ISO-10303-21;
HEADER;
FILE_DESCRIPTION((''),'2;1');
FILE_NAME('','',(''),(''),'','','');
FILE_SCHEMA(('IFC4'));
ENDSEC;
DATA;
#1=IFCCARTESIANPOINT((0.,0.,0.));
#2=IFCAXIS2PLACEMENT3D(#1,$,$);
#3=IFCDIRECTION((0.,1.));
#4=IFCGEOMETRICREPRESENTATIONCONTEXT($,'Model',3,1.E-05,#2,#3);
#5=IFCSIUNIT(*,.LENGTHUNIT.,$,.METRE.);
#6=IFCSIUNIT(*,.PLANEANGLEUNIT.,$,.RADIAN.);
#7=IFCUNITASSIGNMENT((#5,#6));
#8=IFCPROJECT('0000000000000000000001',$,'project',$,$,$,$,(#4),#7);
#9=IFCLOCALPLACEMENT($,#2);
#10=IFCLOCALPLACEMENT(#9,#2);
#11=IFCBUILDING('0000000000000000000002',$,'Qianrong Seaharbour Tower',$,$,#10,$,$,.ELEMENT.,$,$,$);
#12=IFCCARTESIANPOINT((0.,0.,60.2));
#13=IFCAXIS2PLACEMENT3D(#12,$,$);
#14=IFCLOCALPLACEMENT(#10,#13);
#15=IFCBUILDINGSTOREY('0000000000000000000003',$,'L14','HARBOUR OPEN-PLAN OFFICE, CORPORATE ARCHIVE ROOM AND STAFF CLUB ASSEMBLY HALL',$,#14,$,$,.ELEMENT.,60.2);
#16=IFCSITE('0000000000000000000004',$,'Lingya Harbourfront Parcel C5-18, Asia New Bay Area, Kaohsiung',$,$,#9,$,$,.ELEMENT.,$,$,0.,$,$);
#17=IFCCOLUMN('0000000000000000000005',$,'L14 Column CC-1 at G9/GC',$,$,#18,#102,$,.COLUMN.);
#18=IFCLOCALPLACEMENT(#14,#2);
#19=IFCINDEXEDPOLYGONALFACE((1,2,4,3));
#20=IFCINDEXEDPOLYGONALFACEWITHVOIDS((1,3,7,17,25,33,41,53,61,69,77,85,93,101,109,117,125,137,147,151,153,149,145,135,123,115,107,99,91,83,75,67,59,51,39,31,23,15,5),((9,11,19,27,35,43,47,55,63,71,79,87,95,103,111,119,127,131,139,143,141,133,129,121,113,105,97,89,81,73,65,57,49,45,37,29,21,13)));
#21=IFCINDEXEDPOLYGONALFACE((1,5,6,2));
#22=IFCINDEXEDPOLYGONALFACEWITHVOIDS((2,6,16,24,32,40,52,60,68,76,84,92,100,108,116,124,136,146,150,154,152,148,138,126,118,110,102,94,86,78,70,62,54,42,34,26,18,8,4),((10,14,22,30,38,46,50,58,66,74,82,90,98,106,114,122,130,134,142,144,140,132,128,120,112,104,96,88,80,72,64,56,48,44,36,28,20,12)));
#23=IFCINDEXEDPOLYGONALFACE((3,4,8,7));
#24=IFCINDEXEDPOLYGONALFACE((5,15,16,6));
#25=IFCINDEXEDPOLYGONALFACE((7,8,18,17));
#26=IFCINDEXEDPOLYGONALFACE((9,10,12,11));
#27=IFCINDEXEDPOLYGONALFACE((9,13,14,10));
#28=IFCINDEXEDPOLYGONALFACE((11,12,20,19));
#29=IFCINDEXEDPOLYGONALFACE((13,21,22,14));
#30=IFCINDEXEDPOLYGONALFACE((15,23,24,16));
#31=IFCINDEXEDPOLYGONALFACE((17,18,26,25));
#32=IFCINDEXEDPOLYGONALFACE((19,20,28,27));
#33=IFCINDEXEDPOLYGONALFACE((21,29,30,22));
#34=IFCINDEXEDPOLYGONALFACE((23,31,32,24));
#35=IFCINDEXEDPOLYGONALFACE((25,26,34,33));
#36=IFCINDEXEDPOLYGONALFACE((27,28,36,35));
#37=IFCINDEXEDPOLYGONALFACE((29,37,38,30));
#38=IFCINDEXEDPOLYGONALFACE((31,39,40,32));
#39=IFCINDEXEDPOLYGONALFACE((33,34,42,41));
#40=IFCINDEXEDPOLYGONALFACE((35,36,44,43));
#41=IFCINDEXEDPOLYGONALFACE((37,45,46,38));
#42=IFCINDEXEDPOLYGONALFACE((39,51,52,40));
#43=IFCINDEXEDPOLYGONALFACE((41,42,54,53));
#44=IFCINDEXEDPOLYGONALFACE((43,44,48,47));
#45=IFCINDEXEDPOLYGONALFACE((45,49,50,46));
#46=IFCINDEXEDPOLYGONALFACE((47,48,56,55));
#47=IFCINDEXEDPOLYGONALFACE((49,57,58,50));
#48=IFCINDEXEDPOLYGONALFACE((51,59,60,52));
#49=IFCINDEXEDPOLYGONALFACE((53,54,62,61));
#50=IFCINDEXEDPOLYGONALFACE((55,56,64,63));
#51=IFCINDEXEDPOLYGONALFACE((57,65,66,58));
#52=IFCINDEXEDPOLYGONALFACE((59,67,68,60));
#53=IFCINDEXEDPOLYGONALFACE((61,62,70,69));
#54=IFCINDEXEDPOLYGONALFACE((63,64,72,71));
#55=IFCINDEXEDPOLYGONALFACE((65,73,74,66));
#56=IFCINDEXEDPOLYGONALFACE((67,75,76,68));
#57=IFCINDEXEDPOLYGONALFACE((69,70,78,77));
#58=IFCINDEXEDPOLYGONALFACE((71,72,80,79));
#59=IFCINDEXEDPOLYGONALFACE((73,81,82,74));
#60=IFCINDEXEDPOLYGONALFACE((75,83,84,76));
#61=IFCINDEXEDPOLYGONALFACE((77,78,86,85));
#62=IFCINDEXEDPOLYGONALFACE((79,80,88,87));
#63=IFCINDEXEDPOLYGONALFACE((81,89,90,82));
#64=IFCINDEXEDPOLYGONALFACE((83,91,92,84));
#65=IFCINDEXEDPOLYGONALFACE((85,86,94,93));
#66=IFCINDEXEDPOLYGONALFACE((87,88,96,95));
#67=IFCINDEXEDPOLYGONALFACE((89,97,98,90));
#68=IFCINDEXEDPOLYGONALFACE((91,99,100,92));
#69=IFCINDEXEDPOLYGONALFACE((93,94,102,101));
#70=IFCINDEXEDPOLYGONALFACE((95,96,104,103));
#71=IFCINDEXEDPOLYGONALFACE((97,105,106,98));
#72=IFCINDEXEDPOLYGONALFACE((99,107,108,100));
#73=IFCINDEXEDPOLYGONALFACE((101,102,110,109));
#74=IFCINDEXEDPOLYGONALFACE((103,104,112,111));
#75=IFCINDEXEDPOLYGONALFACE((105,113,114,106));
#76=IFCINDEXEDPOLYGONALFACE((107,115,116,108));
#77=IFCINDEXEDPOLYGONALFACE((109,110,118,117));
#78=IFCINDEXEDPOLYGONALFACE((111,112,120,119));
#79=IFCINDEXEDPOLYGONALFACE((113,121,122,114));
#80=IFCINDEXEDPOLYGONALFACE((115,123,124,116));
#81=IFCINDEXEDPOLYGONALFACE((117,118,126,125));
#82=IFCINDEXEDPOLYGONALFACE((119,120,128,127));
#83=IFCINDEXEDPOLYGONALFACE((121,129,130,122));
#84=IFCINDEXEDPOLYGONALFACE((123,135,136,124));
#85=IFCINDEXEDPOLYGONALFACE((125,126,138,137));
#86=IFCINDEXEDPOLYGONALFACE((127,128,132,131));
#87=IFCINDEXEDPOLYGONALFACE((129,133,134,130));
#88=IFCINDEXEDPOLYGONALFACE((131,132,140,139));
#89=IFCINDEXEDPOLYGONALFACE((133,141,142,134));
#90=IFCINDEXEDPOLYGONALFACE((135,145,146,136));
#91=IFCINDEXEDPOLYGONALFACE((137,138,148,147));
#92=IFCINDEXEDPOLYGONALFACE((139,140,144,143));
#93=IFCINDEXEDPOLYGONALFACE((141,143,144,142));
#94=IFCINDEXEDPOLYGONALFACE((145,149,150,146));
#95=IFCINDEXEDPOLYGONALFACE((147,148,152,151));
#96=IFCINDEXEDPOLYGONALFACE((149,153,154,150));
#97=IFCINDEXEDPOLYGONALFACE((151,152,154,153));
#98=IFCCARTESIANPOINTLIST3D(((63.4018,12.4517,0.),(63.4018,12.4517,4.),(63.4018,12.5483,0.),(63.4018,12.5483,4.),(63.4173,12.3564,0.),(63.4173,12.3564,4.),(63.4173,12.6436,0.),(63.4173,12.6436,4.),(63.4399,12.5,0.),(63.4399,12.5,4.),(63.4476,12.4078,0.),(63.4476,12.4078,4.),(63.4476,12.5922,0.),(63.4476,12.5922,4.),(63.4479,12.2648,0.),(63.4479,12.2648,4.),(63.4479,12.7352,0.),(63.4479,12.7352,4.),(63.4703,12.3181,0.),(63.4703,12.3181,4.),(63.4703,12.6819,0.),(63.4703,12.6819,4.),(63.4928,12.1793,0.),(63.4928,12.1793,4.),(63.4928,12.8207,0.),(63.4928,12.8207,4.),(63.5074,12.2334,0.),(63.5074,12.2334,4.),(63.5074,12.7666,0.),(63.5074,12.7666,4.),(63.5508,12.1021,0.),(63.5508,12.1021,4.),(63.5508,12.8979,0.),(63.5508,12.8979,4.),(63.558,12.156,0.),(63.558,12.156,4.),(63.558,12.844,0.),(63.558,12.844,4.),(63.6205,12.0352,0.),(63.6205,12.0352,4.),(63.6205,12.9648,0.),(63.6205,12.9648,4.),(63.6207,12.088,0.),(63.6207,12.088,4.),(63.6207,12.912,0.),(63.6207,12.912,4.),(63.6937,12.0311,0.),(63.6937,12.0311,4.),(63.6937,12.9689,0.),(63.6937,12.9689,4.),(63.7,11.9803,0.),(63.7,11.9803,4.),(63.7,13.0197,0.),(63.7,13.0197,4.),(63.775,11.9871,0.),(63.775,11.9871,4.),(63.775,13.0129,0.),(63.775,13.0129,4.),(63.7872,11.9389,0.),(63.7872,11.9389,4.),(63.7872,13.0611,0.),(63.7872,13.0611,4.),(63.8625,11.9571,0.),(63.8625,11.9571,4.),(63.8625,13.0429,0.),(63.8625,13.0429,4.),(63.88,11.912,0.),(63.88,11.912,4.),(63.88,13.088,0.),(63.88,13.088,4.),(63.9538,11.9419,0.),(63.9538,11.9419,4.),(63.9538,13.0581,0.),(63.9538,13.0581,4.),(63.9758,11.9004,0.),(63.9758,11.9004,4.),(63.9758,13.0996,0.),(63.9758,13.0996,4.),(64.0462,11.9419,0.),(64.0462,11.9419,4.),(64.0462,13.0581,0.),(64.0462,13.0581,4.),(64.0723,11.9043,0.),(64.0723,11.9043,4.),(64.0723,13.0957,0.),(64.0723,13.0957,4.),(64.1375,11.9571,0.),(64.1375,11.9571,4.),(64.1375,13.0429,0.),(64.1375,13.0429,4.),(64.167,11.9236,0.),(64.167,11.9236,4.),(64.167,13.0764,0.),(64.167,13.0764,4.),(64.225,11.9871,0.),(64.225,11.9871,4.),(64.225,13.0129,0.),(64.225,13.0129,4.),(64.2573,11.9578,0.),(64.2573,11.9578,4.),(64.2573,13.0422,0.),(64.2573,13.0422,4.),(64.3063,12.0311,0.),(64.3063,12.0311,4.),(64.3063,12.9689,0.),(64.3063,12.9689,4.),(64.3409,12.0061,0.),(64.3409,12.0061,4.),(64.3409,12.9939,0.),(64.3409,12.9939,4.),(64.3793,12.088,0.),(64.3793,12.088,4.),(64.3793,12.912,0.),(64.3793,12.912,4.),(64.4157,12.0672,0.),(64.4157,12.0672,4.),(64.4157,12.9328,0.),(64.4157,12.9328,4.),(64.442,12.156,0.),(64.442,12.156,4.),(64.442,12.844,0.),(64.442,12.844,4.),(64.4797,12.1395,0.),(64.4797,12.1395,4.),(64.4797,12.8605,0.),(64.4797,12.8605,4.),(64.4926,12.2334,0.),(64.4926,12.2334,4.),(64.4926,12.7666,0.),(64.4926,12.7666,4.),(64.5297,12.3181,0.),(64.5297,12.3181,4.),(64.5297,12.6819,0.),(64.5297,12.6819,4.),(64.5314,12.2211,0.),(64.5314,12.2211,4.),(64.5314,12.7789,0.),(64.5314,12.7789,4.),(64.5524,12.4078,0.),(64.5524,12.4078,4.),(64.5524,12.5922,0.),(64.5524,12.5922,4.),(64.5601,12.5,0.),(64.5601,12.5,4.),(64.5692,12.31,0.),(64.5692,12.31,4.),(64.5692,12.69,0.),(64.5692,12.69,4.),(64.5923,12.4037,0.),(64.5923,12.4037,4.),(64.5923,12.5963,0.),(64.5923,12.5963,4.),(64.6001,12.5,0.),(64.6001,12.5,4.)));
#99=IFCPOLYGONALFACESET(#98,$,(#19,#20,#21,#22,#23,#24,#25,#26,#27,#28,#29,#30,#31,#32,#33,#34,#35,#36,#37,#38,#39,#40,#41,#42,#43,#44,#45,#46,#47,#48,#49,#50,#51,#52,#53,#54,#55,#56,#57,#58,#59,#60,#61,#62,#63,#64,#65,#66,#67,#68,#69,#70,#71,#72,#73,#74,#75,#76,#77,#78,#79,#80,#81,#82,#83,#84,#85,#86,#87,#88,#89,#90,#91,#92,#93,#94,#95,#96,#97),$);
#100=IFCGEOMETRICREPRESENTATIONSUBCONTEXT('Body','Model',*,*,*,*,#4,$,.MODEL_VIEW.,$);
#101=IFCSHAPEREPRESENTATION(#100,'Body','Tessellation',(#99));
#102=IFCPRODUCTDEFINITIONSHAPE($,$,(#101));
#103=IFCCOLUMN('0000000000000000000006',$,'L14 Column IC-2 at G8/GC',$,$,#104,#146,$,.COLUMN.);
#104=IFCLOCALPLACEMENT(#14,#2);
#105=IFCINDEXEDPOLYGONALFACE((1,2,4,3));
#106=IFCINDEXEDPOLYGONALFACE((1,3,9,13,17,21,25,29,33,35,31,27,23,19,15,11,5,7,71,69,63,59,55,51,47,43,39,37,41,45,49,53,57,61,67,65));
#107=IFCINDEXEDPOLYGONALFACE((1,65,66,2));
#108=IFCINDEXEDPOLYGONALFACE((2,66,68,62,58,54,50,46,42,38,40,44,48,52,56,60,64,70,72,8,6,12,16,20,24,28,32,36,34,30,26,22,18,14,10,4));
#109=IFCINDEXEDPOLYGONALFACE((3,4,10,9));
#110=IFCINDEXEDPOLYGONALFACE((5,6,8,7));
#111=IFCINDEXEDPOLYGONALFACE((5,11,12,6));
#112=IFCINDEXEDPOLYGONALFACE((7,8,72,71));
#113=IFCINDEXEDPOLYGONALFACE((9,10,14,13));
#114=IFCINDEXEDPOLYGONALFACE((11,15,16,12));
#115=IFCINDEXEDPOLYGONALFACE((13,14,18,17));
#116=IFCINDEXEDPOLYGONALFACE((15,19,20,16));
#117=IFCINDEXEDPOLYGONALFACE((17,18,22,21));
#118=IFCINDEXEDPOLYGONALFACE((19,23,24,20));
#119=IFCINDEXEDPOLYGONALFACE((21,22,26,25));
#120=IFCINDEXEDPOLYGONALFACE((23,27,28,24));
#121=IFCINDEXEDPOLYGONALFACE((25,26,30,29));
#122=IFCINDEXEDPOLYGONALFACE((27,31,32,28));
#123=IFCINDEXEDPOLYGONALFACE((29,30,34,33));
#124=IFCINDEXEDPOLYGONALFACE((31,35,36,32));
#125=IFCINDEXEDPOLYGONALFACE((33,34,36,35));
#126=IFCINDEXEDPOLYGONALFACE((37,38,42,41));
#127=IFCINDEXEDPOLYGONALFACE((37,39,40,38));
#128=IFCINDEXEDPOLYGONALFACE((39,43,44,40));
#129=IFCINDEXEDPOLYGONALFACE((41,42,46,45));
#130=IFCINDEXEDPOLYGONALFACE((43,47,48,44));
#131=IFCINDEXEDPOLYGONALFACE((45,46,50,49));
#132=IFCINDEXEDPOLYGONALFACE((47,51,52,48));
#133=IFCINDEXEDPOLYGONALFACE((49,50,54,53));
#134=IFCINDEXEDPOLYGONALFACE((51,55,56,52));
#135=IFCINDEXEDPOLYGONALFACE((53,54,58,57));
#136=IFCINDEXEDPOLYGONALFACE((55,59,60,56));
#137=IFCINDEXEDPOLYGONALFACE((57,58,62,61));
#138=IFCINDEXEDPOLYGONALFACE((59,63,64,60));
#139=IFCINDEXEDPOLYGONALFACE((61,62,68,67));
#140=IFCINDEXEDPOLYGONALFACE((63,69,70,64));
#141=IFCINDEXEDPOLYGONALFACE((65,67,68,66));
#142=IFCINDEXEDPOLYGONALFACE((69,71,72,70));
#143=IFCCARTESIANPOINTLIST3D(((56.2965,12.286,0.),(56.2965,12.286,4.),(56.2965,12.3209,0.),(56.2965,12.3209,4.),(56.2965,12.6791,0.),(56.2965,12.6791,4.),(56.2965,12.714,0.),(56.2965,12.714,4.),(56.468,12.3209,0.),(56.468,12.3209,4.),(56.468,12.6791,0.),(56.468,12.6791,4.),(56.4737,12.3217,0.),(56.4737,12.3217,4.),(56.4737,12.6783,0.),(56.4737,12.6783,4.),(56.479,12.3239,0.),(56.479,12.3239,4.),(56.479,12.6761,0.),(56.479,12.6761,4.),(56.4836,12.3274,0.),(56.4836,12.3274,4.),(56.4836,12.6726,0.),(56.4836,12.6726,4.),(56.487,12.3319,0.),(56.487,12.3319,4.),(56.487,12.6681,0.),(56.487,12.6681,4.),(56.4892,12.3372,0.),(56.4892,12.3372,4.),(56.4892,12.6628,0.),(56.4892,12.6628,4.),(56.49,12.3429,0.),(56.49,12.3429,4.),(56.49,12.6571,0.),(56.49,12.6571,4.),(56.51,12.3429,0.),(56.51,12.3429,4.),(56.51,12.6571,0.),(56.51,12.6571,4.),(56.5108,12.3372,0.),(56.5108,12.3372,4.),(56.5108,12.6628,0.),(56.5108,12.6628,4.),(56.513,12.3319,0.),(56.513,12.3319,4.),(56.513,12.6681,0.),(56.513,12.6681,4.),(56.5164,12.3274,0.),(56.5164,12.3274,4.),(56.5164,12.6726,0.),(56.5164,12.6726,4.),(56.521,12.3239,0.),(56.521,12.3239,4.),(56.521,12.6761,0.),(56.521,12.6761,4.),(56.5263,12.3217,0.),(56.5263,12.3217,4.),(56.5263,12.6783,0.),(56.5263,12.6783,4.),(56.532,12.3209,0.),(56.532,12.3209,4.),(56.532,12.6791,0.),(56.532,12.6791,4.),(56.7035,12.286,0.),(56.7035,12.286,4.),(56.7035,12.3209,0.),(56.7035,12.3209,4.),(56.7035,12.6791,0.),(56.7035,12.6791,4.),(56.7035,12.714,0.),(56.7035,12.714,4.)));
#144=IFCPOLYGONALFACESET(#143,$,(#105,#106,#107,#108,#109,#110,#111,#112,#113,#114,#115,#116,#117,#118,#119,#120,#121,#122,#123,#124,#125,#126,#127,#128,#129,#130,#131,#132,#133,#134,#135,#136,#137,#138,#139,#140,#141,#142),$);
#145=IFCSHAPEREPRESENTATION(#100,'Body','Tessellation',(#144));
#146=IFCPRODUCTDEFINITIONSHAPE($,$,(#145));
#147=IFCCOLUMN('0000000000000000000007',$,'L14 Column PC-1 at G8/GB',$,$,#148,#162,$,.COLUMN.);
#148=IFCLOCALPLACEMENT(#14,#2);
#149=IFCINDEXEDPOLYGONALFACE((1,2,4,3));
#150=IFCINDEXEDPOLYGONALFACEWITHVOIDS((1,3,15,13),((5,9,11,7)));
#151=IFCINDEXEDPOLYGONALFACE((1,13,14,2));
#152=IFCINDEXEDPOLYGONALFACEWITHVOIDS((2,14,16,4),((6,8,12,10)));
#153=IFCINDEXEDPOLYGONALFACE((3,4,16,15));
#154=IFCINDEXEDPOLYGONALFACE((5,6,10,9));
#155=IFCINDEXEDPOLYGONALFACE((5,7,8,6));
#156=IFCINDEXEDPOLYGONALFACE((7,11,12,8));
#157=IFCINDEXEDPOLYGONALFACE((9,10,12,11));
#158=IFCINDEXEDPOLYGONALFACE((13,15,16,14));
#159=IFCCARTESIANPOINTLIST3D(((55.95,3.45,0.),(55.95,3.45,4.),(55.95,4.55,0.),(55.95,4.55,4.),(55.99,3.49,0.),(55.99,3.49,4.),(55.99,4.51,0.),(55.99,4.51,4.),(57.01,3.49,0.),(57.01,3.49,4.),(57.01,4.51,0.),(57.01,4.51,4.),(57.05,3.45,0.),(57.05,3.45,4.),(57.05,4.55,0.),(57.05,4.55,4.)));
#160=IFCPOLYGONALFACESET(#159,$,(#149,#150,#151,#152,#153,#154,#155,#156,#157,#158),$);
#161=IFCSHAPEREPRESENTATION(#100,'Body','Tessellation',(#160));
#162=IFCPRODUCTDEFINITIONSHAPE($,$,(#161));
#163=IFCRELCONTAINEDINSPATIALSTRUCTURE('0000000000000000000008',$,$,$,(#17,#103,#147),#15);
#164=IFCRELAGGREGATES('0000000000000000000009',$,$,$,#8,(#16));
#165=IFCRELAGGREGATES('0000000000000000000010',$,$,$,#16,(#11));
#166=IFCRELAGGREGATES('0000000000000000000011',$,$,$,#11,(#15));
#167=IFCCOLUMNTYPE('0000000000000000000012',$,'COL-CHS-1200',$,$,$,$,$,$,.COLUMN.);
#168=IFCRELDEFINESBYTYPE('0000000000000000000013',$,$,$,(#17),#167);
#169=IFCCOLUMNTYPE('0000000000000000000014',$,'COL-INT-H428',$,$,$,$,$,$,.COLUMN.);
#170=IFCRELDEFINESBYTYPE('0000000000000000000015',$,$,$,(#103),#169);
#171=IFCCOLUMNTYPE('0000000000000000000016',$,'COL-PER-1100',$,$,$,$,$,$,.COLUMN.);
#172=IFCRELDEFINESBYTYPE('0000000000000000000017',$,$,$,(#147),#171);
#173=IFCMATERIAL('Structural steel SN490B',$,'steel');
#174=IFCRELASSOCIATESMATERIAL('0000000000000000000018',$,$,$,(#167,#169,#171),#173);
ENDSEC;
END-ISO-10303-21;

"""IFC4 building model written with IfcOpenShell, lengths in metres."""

from ifc_helpers import new_model, si_unit, direction, frame, origin, origin_2d, place, context, subcontext, project, spatial, hollow_rectangle, hollow_circle, i_section, extrude, material, material_profile, profile_set, type_object, element, save


model = new_model("IFC4")

# Units and contexts
model_context = context("Model", 3, precision=1e-05, world=origin(), true_north=direction((0.0, 1.0)))
body_context = subcontext(model_context, "Body", "Model", "MODEL_VIEW")
ifc_project = project(units=[si_unit("LENGTHUNIT", "METRE"), si_unit("PLANEANGLEUNIT", "RADIAN")], contexts=[model_context])

# Site, building, storey
site_placement = place(None, origin())
site = spatial("IfcSite", under=ifc_project, at=site_placement, Name="Lingya Harbourfront Parcel C5-18, Asia New Bay Area, Kaohsiung", CompositionType="ELEMENT", RefElevation=0.0)
building_placement = place(site_placement, origin())
building = spatial("IfcBuilding", under=site, at=building_placement, Name="Qianrong Seaharbour Tower", CompositionType="ELEMENT")
storey_placement = place(building_placement, frame((0.0, 0.0, 60.2)))
storey = spatial("IfcBuildingStorey", under=building, at=storey_placement, Name="L14", Description="HARBOUR OPEN-PLAN OFFICE, CORPORATE ARCHIVE ROOM AND STAFF CLUB ASSEMBLY HALL", CompositionType="ELEMENT", Elevation=60.2)

# Columns
ifc_material_1 = material(Name="Structural steel SN490B", Category="steel")
ifc_material_profile_1 = material_profile(ifc_material_1, hollow_circle(Radius=0.6001, WallThickness=0.04, at=origin_2d()), Name="CHS1200x40")
ifc_profile_set_1 = profile_set([ifc_material_profile_1], Name="Structural steel SN490B")
column_type_1 = type_object("IfcColumnType", Name="COL-CHS-1200", PredefinedType="COLUMN", material=ifc_profile_set_1)
column_1_placement = place(storey_placement, frame((64.0, 12.5, 0.0), z_axis=(0.0, 0.0, 1.0), x_axis=(1.0, 0.0, 0.0)))
element("IfcColumn", 1, at=column_1_placement, inside=storey, type_object=column_type_1, Name="L14 Column CC-1 at G9/GC", PredefinedType="COLUMN", context=body_context, shape_type="SweptSolid", body=[
    extrude(hollow_circle(Radius=0.6001, WallThickness=0.04, at=origin_2d()), origin(), (0.0, 0.0, 1.0), 4.0),
])
ifc_material_profile_2 = material_profile(ifc_material_1, i_section(OverallWidth=0.407, OverallDepth=0.428, WebThickness=0.02, FlangeThickness=0.0349, FilletRadius=0.022, at=origin_2d()), Name="H428x407x20x35")
ifc_profile_set_2 = profile_set([ifc_material_profile_2], Name="Structural steel SN490B")
column_type_2 = type_object("IfcColumnType", Name="COL-INT-H428", PredefinedType="COLUMN", material=ifc_profile_set_2)
column_2_placement = place(storey_placement, frame((56.5, 12.5, 0.0), z_axis=(0.0, 0.0, 1.0), x_axis=(1.0, 0.0, 0.0)))
element("IfcColumn", 2, at=column_2_placement, inside=storey, type_object=column_type_2, Name="L14 Column IC-2 at G8/GC", PredefinedType="COLUMN", context=body_context, shape_type="SweptSolid", body=[
    extrude(i_section(OverallWidth=0.407, OverallDepth=0.428, WebThickness=0.02, FlangeThickness=0.0349, FilletRadius=0.022, at=origin_2d()), origin(), (0.0, 0.0, 1.0), 4.0),
])
ifc_material_profile_3 = material_profile(ifc_material_1, hollow_rectangle(XDim=1.1001, YDim=1.1001, WallThickness=0.04, at=origin_2d()), Name="BOX1100x1100x40")
ifc_profile_set_3 = profile_set([ifc_material_profile_3], Name="Structural steel SN490B")
column_type_3 = type_object("IfcColumnType", Name="COL-PER-1100", PredefinedType="COLUMN", material=ifc_profile_set_3)
column_3_placement = place(storey_placement, frame((56.5, 4.0, 0.0), z_axis=(0.0, 0.0, 1.0), x_axis=(1.0, 0.0, 0.0)))
element("IfcColumn", 3, at=column_3_placement, inside=storey, type_object=column_type_3, Name="L14 Column PC-1 at G8/GB", PredefinedType="COLUMN", context=body_context, shape_type="SweptSolid", body=[
    extrude(hollow_rectangle(XDim=1.1001, YDim=1.1001, WallThickness=0.04, at=origin_2d()), origin(), (0.0, 0.0, 1.0), 4.0),
])

save(model, "model.ifc")
